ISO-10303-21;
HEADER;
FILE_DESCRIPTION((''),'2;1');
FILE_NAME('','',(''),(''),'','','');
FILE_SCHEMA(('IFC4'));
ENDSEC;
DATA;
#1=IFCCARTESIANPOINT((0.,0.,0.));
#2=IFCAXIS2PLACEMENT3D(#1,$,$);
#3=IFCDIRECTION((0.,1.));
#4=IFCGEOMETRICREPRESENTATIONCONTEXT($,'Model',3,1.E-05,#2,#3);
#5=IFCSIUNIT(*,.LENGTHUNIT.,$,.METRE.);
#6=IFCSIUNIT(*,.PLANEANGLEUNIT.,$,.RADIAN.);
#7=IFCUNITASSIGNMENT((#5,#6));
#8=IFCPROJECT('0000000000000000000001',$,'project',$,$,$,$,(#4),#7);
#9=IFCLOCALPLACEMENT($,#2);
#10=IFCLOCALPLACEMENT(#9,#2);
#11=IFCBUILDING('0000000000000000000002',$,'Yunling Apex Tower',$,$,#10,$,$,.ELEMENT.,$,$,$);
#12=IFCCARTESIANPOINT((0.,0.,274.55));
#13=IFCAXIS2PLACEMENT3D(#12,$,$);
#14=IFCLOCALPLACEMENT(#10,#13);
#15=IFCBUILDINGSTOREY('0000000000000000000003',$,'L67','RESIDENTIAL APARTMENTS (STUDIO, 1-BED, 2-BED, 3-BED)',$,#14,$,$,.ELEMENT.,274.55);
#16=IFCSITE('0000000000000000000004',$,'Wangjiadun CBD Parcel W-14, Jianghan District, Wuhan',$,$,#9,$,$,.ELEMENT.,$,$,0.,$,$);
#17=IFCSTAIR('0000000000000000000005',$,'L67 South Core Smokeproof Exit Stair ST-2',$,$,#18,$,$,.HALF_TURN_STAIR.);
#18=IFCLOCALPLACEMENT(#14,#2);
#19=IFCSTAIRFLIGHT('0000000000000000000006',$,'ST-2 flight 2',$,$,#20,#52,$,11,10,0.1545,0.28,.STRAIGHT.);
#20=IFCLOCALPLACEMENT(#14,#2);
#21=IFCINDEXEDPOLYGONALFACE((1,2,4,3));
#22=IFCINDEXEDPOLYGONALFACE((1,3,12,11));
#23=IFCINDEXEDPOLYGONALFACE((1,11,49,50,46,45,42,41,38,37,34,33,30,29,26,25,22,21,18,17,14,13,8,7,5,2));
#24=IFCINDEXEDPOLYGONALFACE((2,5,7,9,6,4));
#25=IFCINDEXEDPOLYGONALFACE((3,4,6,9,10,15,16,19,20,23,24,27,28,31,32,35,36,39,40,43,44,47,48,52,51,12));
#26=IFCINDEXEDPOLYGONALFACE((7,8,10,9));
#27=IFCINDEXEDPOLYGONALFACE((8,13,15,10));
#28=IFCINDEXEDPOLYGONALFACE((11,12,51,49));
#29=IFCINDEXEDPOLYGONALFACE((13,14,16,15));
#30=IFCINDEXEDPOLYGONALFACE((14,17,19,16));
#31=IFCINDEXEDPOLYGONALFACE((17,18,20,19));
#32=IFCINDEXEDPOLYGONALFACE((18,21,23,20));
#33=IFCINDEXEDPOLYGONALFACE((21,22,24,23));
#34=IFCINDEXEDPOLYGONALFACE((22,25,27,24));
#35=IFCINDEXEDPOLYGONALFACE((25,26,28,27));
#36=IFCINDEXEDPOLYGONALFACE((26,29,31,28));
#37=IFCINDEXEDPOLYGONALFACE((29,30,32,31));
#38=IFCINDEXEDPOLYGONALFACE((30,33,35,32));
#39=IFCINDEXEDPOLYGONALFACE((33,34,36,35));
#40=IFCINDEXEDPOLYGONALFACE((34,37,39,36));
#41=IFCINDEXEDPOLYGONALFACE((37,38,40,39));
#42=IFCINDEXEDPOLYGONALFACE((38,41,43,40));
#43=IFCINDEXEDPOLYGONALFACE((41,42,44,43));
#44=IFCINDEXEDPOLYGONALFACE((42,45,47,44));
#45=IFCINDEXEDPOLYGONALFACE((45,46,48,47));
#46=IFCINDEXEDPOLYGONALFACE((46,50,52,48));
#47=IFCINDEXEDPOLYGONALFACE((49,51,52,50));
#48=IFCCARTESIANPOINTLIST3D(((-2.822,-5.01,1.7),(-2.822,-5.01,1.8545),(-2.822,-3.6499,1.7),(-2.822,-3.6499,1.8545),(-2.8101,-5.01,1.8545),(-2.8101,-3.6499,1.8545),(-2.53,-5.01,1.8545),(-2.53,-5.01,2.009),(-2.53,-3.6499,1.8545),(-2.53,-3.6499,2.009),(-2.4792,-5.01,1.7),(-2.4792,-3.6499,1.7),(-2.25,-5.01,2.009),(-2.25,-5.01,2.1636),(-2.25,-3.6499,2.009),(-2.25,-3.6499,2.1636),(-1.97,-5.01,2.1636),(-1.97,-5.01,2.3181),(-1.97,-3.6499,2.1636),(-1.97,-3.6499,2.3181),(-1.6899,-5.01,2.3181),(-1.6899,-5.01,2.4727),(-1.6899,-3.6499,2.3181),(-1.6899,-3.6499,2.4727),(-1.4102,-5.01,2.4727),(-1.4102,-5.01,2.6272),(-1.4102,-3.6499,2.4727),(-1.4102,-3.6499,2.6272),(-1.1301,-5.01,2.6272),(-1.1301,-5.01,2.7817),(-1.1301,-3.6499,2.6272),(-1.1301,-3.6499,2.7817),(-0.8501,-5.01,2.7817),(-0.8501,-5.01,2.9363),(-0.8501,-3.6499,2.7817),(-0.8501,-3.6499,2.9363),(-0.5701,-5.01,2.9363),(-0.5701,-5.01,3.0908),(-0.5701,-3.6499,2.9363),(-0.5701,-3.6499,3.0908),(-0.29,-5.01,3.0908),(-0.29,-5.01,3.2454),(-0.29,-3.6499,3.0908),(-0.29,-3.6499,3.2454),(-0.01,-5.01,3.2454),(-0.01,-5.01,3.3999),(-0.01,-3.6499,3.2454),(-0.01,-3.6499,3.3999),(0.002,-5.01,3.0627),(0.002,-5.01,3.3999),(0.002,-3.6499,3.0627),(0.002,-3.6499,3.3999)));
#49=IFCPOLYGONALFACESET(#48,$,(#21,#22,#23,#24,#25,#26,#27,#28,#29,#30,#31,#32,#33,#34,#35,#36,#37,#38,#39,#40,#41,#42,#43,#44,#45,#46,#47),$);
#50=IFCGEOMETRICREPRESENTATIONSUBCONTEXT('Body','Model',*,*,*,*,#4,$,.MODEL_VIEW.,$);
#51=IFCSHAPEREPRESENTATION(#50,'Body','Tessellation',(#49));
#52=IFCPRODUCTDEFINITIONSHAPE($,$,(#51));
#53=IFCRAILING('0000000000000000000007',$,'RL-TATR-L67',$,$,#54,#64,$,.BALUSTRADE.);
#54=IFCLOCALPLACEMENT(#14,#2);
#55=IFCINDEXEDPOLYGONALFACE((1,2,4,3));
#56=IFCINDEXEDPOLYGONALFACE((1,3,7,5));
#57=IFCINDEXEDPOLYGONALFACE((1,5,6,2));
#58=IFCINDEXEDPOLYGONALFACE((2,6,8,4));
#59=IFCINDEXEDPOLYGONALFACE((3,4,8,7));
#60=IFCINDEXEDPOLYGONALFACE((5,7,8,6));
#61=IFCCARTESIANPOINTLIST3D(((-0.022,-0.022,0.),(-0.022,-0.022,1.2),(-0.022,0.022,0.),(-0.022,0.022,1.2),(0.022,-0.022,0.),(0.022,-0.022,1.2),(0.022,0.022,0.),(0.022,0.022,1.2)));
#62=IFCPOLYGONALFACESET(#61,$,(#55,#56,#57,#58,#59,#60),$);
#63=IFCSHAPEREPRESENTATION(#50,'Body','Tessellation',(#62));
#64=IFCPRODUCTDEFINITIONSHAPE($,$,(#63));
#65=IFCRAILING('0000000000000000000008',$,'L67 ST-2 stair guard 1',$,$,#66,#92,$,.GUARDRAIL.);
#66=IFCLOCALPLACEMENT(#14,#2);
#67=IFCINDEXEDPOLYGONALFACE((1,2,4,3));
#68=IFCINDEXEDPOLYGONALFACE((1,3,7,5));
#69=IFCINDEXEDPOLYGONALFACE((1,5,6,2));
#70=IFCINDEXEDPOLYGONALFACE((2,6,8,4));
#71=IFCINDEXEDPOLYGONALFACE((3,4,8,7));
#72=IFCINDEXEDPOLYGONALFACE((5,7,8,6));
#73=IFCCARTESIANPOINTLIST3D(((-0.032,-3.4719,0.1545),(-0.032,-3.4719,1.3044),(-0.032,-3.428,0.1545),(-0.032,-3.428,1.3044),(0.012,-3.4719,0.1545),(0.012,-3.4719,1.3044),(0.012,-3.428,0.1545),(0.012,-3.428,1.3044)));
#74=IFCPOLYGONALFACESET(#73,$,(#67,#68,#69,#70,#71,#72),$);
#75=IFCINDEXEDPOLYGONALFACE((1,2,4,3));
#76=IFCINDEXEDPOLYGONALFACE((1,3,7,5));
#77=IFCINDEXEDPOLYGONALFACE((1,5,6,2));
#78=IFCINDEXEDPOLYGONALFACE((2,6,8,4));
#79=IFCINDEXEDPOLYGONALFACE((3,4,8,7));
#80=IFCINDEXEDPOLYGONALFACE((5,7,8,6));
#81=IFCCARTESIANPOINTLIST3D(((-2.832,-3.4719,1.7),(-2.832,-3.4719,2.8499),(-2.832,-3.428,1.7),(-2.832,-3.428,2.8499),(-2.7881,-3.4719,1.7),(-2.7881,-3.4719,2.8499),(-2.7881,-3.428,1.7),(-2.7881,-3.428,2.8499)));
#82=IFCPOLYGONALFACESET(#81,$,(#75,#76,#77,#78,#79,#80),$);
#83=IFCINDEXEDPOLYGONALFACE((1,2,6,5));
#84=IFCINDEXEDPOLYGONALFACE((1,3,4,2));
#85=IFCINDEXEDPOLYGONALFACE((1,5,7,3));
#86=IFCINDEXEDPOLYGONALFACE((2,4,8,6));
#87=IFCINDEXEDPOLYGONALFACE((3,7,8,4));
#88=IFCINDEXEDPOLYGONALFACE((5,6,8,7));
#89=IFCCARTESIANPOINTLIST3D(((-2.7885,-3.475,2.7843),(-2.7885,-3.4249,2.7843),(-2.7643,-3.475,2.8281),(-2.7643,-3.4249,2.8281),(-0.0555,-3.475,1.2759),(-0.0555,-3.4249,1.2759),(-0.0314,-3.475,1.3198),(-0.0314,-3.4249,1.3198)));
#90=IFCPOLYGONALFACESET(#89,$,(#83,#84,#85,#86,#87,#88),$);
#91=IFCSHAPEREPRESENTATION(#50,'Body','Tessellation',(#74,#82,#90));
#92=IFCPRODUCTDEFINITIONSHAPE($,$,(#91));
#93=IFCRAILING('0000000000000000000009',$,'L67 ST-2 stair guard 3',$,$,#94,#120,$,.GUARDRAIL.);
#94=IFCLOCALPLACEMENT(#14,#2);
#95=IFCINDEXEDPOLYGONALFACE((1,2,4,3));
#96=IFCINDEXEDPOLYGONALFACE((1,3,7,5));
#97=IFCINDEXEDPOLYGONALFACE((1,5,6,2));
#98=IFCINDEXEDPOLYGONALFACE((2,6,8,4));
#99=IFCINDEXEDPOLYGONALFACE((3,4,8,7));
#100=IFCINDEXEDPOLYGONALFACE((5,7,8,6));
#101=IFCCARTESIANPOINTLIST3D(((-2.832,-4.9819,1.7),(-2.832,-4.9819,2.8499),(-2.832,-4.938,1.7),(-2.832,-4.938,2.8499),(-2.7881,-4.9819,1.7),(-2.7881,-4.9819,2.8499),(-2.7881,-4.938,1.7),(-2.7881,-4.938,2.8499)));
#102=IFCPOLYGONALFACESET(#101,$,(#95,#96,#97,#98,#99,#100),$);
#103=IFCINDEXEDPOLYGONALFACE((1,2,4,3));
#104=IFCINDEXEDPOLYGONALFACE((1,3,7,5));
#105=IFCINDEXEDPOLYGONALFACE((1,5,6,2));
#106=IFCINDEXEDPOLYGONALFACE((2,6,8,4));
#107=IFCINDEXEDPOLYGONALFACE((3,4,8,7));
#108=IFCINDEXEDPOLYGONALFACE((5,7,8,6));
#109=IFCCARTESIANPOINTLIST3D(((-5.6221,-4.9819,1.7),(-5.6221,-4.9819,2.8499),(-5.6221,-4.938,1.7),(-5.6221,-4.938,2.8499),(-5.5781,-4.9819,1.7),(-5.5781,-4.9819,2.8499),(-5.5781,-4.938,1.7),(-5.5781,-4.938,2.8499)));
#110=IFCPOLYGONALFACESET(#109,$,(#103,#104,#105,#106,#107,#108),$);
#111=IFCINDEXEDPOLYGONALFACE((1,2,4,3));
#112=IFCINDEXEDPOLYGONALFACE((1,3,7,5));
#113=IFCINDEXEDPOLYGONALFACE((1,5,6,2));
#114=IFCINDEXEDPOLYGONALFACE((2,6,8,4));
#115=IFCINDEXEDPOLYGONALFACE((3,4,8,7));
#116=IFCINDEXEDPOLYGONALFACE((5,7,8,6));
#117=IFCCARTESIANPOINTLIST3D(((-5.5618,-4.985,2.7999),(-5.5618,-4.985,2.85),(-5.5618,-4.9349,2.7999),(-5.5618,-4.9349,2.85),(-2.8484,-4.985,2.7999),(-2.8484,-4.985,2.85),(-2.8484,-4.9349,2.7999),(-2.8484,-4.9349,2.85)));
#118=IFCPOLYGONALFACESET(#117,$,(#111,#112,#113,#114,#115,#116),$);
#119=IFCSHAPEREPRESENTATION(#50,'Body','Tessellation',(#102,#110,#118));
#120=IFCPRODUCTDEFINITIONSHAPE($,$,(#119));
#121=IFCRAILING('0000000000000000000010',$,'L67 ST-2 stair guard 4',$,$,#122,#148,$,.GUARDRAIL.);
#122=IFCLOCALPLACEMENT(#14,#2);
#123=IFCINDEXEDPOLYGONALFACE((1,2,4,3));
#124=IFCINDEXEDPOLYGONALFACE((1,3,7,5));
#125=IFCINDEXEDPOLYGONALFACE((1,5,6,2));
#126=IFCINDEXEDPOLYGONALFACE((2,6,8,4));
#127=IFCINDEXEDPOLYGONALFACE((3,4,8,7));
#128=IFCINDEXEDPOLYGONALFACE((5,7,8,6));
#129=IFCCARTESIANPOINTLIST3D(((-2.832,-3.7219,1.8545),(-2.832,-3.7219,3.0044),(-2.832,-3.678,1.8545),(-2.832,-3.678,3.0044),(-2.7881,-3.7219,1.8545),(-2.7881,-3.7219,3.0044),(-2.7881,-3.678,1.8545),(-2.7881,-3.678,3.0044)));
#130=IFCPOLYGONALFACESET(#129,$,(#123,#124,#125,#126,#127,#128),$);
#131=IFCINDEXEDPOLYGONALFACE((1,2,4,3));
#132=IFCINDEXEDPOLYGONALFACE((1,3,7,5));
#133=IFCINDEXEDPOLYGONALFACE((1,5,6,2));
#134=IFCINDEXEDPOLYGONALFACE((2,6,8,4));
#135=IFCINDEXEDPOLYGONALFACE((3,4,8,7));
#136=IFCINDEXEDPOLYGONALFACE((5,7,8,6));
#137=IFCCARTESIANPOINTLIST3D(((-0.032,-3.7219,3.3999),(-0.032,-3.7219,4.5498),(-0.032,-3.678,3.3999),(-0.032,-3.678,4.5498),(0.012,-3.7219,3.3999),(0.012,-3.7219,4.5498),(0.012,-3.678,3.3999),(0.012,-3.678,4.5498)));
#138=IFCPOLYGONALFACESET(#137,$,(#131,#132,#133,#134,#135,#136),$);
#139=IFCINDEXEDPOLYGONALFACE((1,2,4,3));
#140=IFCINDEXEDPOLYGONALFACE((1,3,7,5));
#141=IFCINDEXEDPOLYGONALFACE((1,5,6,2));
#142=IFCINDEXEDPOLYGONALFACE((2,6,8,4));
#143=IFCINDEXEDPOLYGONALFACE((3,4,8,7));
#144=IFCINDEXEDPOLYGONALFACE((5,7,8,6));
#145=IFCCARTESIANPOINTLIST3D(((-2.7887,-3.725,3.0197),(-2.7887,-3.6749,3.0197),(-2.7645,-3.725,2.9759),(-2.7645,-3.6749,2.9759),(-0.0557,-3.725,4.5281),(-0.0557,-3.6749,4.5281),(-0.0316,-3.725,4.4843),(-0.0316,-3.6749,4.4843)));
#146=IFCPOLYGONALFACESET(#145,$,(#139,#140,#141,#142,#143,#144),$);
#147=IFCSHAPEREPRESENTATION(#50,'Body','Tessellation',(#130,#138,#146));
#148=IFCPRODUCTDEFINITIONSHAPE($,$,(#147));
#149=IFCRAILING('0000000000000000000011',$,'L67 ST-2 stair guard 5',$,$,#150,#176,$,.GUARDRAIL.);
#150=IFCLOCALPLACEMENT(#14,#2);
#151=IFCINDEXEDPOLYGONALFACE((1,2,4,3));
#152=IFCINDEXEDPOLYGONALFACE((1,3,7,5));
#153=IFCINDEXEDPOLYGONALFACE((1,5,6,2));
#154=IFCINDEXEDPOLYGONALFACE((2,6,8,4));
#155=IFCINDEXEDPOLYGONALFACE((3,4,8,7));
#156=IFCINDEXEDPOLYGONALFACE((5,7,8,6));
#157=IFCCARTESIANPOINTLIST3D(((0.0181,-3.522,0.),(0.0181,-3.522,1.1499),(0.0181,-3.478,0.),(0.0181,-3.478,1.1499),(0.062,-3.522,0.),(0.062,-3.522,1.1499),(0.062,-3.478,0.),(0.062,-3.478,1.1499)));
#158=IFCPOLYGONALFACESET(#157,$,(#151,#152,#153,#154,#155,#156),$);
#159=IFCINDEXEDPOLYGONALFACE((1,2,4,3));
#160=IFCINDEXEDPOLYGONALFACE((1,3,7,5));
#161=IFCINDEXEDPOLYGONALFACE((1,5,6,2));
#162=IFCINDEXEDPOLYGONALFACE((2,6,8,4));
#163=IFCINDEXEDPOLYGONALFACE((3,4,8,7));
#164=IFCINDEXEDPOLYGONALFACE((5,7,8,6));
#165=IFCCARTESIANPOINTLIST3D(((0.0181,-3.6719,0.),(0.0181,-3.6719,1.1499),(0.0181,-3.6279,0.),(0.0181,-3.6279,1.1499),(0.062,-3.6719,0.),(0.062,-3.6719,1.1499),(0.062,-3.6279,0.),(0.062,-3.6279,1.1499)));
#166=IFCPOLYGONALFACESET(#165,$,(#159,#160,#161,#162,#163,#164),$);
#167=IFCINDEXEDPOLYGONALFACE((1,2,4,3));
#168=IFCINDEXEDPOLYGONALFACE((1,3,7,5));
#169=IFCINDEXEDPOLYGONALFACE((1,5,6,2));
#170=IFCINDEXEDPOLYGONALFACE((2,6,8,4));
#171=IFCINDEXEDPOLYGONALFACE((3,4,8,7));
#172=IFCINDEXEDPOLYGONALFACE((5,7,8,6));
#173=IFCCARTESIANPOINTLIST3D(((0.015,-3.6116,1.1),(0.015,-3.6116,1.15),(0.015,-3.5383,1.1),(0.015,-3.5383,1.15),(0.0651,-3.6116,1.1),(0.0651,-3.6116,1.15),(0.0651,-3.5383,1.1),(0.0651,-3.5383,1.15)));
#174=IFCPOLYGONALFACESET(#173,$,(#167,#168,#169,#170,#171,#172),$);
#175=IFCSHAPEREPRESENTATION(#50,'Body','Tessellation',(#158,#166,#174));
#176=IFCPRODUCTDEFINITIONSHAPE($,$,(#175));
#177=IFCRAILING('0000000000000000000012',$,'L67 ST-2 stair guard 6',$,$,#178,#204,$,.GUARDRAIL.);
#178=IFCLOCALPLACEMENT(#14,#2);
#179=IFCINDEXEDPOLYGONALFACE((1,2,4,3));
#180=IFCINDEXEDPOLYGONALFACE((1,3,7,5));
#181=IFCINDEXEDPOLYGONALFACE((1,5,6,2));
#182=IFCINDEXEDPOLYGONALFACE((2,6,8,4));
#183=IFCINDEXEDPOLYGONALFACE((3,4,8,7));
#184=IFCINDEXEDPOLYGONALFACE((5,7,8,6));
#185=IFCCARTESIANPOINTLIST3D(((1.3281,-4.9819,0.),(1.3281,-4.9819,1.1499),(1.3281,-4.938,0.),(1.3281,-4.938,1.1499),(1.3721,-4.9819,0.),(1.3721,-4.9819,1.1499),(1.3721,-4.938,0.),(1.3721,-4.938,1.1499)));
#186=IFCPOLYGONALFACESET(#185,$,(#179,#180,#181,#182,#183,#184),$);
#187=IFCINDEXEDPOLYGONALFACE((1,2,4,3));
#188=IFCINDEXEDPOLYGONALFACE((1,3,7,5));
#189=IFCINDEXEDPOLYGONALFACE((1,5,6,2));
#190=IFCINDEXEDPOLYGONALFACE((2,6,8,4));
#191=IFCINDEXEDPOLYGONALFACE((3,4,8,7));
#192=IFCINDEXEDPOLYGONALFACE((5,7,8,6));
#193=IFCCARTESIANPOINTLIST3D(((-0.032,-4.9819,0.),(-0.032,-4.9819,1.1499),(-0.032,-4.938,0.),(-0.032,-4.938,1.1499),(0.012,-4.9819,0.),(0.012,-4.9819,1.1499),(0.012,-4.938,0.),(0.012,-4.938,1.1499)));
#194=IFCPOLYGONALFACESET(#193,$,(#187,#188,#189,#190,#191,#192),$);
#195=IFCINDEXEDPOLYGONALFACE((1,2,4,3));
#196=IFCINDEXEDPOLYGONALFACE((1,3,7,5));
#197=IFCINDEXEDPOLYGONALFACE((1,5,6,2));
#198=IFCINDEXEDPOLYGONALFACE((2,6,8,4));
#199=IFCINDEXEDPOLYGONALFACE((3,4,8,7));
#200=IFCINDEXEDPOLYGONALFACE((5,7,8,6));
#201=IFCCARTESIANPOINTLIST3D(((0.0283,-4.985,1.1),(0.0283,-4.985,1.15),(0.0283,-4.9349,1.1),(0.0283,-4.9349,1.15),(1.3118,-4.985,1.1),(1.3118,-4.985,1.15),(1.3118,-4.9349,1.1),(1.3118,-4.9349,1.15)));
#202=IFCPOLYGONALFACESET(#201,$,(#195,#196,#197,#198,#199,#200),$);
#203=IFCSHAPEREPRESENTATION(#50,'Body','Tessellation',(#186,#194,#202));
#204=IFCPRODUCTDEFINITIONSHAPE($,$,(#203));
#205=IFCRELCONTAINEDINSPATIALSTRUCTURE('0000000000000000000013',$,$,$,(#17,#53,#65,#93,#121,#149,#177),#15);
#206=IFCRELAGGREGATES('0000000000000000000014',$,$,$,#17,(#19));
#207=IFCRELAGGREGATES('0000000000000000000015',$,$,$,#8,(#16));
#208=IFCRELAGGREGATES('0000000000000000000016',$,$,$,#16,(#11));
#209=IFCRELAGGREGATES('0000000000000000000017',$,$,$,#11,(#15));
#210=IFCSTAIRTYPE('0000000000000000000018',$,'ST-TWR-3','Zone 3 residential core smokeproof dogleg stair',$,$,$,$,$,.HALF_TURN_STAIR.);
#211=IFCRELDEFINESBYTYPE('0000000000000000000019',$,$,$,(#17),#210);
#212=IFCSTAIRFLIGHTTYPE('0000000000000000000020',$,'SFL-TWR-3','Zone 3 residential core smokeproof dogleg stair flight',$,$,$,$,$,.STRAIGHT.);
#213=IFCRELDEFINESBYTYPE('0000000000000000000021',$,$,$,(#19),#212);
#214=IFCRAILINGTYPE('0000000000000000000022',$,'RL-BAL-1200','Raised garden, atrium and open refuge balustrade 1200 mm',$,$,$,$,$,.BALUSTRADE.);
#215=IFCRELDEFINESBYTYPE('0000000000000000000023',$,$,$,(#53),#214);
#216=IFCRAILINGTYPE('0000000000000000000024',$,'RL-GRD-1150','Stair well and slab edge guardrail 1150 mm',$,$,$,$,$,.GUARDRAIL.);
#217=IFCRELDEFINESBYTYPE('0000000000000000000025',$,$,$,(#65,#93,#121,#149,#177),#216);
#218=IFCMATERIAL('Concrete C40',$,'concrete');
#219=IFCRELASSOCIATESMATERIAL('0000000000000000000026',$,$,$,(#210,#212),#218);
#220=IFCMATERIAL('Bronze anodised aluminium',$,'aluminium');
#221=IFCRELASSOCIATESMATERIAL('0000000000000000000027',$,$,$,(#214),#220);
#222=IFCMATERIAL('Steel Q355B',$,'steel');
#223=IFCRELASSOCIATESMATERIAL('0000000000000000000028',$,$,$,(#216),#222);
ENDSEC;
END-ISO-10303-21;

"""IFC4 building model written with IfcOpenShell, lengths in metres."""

from ifc_helpers import new_model, si_unit, direction, frame, origin, origin_2d, place, context, subcontext, project, spatial, polyline, rectangle, outline, extrude, material, type_object, element, aggregate, save


model = new_model("IFC4")

# Units and contexts
model_context = context("Model", 3, precision=1e-05, world=origin(), true_north=direction((0.0, 1.0)))
body_context = subcontext(model_context, "Body", "Model", "MODEL_VIEW")
ifc_project = project(units=[si_unit("LENGTHUNIT", "METRE"), si_unit("PLANEANGLEUNIT", "RADIAN")], contexts=[model_context])

# Site, building, storey
site_placement = place(None, origin())
site = spatial("IfcSite", under=ifc_project, at=site_placement, Name="Wangjiadun CBD Parcel W-14, Jianghan District, Wuhan", CompositionType="ELEMENT", RefElevation=0.0)
building_placement = place(site_placement, origin())
building = spatial("IfcBuilding", under=site, at=building_placement, Name="Yunling Apex Tower", CompositionType="ELEMENT")
storey_placement = place(building_placement, frame((0.0, 0.0, 274.55)))
storey = spatial("IfcBuildingStorey", under=building, at=storey_placement, Name="L67", Description="RESIDENTIAL APARTMENTS (STUDIO, 1-BED, 2-BED, 3-BED)", CompositionType="ELEMENT", Elevation=274.55)

# Shared definitions
ifc_material_1 = material(Name="Steel Q355B", Category="steel")

# Shared definitions
ifc_material_2 = material(Name="Bronze anodised aluminium", Category="aluminium")

# Shared definitions
ifc_material_3 = material(Name="Concrete C40", Category="concrete")

# Stair
stair_type = type_object("IfcStairType", Name="ST-TWR-3", Description="Zone 3 residential core smokeproof dogleg stair", PredefinedType="HALF_TURN_STAIR", material=ifc_material_3)
stair_1_placement = place(storey_placement, origin())
stair_1 = element("IfcStair", 1, at=stair_1_placement, inside=storey, type_object=stair_type, Name="L67 South Core Smokeproof Exit Stair ST-2", PredefinedType="HALF_TURN_STAIR")

# Stair flight
stair_flight_type = type_object("IfcStairFlightType", Name="SFL-TWR-3", Description="Zone 3 residential core smokeproof dogleg stair flight", PredefinedType="STRAIGHT", material=ifc_material_3)
stair_flight_1_placement = place(storey_placement, frame((-2.8101, -4.3301, 1.7), z_axis=(0.0, 0.0, 1.0), x_axis=(1.0, 0.0, 0.0)))
stair_flight_1 = element("IfcStairFlight", 2, at=stair_flight_1_placement, type_object=stair_flight_type, Name="ST-2 flight 2", NumberOfRisers=11, NumberOfTreads=10, PredefinedType="STRAIGHT", RiserHeight=0.1545, TreadLength=0.28, context=body_context, shape_type="SweptSolid", body=[
    extrude(outline(polyline([(-0.012, 0.0), (-0.012, 0.1545), (0.0, 0.1545), (0.28, 0.1545), (0.28, 0.3091), (0.5601, 0.3091), (0.5601, 0.4636), (0.8401, 0.4636), (0.8401, 0.6182), (1.1201, 0.6182), (1.1201, 0.7727), (1.3999, 0.7727), (1.3999, 0.9272), (1.6799, 0.9272), (1.6799, 1.0818), (1.96, 1.0818), (1.96, 1.2363), (2.24, 1.2363), (2.24, 1.3909), (2.52, 1.3909), (2.52, 1.5454), (2.8, 1.5454), (2.8, 1.7), (2.812, 1.7), (2.812, 1.3628), (0.3308, 0.0), (-0.012, 0.0)])), frame((0.0, 0.6802, 0.0), z_axis=(0.0, -1.0, 0.0), x_axis=(1.0, 0.0, 0.0)), (0.0, 0.0, 1.0), 1.3601),
])
aggregate(stair_1, [stair_flight_1])

# Railings
railing_type_1 = type_object("IfcRailingType", Name="RL-BAL-1200", Description="Raised garden, atrium and open refuge balustrade 1200 mm", PredefinedType="BALUSTRADE", material=ifc_material_2)
railing_1_placement = place(storey_placement, origin())
element("IfcRailing", 3, at=railing_1_placement, inside=storey, type_object=railing_type_1, Name="RL-TATR-L67", PredefinedType="BALUSTRADE", context=body_context, shape_type="SweptSolid", body=[
    extrude(rectangle(XDim=0.0439, YDim=0.0439, at=origin_2d()), origin(), (0.0, 0.0, 1.0), 1.2),
])
railing_type_2 = type_object("IfcRailingType", Name="RL-GRD-1150", Description="Stair well and slab edge guardrail 1150 mm", PredefinedType="GUARDRAIL", material=ifc_material_1)
railing_2_placement = place(storey_placement, frame((-0.01, -3.45, 0.1545)))
element("IfcRailing", 4, at=railing_2_placement, inside=storey, type_object=railing_type_2, Name="L67 ST-2 stair guard 1", PredefinedType="GUARDRAIL", context=body_context, shape_type="SweptSolid", body=[
    extrude(rectangle(XDim=0.0439, YDim=0.0439, at=origin_2d()), origin(), (0.0, 0.0, 1.0), 1.1499),
    extrude(rectangle(XDim=0.0439, YDim=0.0439, at=origin_2d()), frame((-2.8, 0.0, 1.5454)), (0.0, 0.0, 1.0), 1.1499),
    extrude(rectangle(XDim=0.05, YDim=0.05, at=origin_2d()), frame((-0.0334, 0.0, 1.1433), z_axis=(-0.875504, 0.0, 0.483211), x_axis=(0.0, -1.0, 0.0)), (0.0, 0.0, 1.0), 3.1216),
])
railing_3_placement = place(storey_placement, frame((-2.8101, -4.96, 1.7)))
element("IfcRailing", 5, at=railing_3_placement, inside=storey, type_object=railing_type_2, Name="L67 ST-2 stair guard 3", PredefinedType="GUARDRAIL", context=body_context, shape_type="SweptSolid", body=[
    extrude(rectangle(XDim=0.0439, YDim=0.0439, at=origin_2d()), origin(), (0.0, 0.0, 1.0), 1.1499),
    extrude(rectangle(XDim=0.0439, YDim=0.0439, at=origin_2d()), frame((-2.79, 0.0, 0.0)), (0.0, 0.0, 1.0), 1.1499),
    extrude(rectangle(XDim=0.05, YDim=0.05, at=origin_2d()), frame((-0.0383, 0.0, 1.125), z_axis=(-1.0, 0.0, 0.0), x_axis=(0.0, -1.0, 0.0)), (0.0, 0.0, 1.0), 2.7134),
])
railing_4_placement = place(storey_placement, frame((-2.8101, -3.7, 1.8545)))
element("IfcRailing", 6, at=railing_4_placement, inside=storey, type_object=railing_type_2, Name="L67 ST-2 stair guard 4", PredefinedType="GUARDRAIL", context=body_context, shape_type="SweptSolid", body=[
    extrude(rectangle(XDim=0.0439, YDim=0.0439, at=origin_2d()), origin(), (0.0, 0.0, 1.0), 1.1499),
    extrude(rectangle(XDim=0.0439, YDim=0.0439, at=origin_2d()), frame((2.8, 0.0, 1.5454)), (0.0, 0.0, 1.0), 1.1499),
    extrude(rectangle(XDim=0.05, YDim=0.05, at=origin_2d()), frame((0.0334, 0.0, 1.1433), z_axis=(0.875504, 0.0, 0.483211), x_axis=(0.0, 1.0, 0.0)), (0.0, 0.0, 1.0), 3.1216),
])
railing_5_placement = place(storey_placement, frame((0.04, -3.5, 0.0)))
element("IfcRailing", 7, at=railing_5_placement, inside=storey, type_object=railing_type_2, Name="L67 ST-2 stair guard 5", PredefinedType="GUARDRAIL", context=body_context, shape_type="SweptSolid", body=[
    extrude(rectangle(XDim=0.0439, YDim=0.0439, at=origin_2d()), origin(), (0.0, 0.0, 1.0), 1.1499),
    extrude(rectangle(XDim=0.0439, YDim=0.0439, at=origin_2d()), frame((0.0, -0.1499, 0.0)), (0.0, 0.0, 1.0), 1.1499),
    extrude(rectangle(XDim=0.05, YDim=0.05, at=origin_2d()), frame((0.0, -0.0383, 1.125), z_axis=(0.0, -1.0, 0.0), x_axis=(1.0, 0.0, 0.0)), (0.0, 0.0, 1.0), 0.0732),
])
railing_6_placement = place(storey_placement, frame((1.3501, -4.96, 0.0)))
element("IfcRailing", 8, at=railing_6_placement, inside=storey, type_object=railing_type_2, Name="L67 ST-2 stair guard 6", PredefinedType="GUARDRAIL", context=body_context, shape_type="SweptSolid", body=[
    extrude(rectangle(XDim=0.0439, YDim=0.0439, at=origin_2d()), origin(), (0.0, 0.0, 1.0), 1.1499),
    extrude(rectangle(XDim=0.0439, YDim=0.0439, at=origin_2d()), frame((-1.3601, 0.0, 0.0)), (0.0, 0.0, 1.0), 1.1499),
    extrude(rectangle(XDim=0.05, YDim=0.05, at=origin_2d()), frame((-0.0383, 0.0, 1.125), z_axis=(-1.0, 0.0, 0.0), x_axis=(0.0, -1.0, 0.0)), (0.0, 0.0, 1.0), 1.2834),
])

save(model, "model.ifc")
